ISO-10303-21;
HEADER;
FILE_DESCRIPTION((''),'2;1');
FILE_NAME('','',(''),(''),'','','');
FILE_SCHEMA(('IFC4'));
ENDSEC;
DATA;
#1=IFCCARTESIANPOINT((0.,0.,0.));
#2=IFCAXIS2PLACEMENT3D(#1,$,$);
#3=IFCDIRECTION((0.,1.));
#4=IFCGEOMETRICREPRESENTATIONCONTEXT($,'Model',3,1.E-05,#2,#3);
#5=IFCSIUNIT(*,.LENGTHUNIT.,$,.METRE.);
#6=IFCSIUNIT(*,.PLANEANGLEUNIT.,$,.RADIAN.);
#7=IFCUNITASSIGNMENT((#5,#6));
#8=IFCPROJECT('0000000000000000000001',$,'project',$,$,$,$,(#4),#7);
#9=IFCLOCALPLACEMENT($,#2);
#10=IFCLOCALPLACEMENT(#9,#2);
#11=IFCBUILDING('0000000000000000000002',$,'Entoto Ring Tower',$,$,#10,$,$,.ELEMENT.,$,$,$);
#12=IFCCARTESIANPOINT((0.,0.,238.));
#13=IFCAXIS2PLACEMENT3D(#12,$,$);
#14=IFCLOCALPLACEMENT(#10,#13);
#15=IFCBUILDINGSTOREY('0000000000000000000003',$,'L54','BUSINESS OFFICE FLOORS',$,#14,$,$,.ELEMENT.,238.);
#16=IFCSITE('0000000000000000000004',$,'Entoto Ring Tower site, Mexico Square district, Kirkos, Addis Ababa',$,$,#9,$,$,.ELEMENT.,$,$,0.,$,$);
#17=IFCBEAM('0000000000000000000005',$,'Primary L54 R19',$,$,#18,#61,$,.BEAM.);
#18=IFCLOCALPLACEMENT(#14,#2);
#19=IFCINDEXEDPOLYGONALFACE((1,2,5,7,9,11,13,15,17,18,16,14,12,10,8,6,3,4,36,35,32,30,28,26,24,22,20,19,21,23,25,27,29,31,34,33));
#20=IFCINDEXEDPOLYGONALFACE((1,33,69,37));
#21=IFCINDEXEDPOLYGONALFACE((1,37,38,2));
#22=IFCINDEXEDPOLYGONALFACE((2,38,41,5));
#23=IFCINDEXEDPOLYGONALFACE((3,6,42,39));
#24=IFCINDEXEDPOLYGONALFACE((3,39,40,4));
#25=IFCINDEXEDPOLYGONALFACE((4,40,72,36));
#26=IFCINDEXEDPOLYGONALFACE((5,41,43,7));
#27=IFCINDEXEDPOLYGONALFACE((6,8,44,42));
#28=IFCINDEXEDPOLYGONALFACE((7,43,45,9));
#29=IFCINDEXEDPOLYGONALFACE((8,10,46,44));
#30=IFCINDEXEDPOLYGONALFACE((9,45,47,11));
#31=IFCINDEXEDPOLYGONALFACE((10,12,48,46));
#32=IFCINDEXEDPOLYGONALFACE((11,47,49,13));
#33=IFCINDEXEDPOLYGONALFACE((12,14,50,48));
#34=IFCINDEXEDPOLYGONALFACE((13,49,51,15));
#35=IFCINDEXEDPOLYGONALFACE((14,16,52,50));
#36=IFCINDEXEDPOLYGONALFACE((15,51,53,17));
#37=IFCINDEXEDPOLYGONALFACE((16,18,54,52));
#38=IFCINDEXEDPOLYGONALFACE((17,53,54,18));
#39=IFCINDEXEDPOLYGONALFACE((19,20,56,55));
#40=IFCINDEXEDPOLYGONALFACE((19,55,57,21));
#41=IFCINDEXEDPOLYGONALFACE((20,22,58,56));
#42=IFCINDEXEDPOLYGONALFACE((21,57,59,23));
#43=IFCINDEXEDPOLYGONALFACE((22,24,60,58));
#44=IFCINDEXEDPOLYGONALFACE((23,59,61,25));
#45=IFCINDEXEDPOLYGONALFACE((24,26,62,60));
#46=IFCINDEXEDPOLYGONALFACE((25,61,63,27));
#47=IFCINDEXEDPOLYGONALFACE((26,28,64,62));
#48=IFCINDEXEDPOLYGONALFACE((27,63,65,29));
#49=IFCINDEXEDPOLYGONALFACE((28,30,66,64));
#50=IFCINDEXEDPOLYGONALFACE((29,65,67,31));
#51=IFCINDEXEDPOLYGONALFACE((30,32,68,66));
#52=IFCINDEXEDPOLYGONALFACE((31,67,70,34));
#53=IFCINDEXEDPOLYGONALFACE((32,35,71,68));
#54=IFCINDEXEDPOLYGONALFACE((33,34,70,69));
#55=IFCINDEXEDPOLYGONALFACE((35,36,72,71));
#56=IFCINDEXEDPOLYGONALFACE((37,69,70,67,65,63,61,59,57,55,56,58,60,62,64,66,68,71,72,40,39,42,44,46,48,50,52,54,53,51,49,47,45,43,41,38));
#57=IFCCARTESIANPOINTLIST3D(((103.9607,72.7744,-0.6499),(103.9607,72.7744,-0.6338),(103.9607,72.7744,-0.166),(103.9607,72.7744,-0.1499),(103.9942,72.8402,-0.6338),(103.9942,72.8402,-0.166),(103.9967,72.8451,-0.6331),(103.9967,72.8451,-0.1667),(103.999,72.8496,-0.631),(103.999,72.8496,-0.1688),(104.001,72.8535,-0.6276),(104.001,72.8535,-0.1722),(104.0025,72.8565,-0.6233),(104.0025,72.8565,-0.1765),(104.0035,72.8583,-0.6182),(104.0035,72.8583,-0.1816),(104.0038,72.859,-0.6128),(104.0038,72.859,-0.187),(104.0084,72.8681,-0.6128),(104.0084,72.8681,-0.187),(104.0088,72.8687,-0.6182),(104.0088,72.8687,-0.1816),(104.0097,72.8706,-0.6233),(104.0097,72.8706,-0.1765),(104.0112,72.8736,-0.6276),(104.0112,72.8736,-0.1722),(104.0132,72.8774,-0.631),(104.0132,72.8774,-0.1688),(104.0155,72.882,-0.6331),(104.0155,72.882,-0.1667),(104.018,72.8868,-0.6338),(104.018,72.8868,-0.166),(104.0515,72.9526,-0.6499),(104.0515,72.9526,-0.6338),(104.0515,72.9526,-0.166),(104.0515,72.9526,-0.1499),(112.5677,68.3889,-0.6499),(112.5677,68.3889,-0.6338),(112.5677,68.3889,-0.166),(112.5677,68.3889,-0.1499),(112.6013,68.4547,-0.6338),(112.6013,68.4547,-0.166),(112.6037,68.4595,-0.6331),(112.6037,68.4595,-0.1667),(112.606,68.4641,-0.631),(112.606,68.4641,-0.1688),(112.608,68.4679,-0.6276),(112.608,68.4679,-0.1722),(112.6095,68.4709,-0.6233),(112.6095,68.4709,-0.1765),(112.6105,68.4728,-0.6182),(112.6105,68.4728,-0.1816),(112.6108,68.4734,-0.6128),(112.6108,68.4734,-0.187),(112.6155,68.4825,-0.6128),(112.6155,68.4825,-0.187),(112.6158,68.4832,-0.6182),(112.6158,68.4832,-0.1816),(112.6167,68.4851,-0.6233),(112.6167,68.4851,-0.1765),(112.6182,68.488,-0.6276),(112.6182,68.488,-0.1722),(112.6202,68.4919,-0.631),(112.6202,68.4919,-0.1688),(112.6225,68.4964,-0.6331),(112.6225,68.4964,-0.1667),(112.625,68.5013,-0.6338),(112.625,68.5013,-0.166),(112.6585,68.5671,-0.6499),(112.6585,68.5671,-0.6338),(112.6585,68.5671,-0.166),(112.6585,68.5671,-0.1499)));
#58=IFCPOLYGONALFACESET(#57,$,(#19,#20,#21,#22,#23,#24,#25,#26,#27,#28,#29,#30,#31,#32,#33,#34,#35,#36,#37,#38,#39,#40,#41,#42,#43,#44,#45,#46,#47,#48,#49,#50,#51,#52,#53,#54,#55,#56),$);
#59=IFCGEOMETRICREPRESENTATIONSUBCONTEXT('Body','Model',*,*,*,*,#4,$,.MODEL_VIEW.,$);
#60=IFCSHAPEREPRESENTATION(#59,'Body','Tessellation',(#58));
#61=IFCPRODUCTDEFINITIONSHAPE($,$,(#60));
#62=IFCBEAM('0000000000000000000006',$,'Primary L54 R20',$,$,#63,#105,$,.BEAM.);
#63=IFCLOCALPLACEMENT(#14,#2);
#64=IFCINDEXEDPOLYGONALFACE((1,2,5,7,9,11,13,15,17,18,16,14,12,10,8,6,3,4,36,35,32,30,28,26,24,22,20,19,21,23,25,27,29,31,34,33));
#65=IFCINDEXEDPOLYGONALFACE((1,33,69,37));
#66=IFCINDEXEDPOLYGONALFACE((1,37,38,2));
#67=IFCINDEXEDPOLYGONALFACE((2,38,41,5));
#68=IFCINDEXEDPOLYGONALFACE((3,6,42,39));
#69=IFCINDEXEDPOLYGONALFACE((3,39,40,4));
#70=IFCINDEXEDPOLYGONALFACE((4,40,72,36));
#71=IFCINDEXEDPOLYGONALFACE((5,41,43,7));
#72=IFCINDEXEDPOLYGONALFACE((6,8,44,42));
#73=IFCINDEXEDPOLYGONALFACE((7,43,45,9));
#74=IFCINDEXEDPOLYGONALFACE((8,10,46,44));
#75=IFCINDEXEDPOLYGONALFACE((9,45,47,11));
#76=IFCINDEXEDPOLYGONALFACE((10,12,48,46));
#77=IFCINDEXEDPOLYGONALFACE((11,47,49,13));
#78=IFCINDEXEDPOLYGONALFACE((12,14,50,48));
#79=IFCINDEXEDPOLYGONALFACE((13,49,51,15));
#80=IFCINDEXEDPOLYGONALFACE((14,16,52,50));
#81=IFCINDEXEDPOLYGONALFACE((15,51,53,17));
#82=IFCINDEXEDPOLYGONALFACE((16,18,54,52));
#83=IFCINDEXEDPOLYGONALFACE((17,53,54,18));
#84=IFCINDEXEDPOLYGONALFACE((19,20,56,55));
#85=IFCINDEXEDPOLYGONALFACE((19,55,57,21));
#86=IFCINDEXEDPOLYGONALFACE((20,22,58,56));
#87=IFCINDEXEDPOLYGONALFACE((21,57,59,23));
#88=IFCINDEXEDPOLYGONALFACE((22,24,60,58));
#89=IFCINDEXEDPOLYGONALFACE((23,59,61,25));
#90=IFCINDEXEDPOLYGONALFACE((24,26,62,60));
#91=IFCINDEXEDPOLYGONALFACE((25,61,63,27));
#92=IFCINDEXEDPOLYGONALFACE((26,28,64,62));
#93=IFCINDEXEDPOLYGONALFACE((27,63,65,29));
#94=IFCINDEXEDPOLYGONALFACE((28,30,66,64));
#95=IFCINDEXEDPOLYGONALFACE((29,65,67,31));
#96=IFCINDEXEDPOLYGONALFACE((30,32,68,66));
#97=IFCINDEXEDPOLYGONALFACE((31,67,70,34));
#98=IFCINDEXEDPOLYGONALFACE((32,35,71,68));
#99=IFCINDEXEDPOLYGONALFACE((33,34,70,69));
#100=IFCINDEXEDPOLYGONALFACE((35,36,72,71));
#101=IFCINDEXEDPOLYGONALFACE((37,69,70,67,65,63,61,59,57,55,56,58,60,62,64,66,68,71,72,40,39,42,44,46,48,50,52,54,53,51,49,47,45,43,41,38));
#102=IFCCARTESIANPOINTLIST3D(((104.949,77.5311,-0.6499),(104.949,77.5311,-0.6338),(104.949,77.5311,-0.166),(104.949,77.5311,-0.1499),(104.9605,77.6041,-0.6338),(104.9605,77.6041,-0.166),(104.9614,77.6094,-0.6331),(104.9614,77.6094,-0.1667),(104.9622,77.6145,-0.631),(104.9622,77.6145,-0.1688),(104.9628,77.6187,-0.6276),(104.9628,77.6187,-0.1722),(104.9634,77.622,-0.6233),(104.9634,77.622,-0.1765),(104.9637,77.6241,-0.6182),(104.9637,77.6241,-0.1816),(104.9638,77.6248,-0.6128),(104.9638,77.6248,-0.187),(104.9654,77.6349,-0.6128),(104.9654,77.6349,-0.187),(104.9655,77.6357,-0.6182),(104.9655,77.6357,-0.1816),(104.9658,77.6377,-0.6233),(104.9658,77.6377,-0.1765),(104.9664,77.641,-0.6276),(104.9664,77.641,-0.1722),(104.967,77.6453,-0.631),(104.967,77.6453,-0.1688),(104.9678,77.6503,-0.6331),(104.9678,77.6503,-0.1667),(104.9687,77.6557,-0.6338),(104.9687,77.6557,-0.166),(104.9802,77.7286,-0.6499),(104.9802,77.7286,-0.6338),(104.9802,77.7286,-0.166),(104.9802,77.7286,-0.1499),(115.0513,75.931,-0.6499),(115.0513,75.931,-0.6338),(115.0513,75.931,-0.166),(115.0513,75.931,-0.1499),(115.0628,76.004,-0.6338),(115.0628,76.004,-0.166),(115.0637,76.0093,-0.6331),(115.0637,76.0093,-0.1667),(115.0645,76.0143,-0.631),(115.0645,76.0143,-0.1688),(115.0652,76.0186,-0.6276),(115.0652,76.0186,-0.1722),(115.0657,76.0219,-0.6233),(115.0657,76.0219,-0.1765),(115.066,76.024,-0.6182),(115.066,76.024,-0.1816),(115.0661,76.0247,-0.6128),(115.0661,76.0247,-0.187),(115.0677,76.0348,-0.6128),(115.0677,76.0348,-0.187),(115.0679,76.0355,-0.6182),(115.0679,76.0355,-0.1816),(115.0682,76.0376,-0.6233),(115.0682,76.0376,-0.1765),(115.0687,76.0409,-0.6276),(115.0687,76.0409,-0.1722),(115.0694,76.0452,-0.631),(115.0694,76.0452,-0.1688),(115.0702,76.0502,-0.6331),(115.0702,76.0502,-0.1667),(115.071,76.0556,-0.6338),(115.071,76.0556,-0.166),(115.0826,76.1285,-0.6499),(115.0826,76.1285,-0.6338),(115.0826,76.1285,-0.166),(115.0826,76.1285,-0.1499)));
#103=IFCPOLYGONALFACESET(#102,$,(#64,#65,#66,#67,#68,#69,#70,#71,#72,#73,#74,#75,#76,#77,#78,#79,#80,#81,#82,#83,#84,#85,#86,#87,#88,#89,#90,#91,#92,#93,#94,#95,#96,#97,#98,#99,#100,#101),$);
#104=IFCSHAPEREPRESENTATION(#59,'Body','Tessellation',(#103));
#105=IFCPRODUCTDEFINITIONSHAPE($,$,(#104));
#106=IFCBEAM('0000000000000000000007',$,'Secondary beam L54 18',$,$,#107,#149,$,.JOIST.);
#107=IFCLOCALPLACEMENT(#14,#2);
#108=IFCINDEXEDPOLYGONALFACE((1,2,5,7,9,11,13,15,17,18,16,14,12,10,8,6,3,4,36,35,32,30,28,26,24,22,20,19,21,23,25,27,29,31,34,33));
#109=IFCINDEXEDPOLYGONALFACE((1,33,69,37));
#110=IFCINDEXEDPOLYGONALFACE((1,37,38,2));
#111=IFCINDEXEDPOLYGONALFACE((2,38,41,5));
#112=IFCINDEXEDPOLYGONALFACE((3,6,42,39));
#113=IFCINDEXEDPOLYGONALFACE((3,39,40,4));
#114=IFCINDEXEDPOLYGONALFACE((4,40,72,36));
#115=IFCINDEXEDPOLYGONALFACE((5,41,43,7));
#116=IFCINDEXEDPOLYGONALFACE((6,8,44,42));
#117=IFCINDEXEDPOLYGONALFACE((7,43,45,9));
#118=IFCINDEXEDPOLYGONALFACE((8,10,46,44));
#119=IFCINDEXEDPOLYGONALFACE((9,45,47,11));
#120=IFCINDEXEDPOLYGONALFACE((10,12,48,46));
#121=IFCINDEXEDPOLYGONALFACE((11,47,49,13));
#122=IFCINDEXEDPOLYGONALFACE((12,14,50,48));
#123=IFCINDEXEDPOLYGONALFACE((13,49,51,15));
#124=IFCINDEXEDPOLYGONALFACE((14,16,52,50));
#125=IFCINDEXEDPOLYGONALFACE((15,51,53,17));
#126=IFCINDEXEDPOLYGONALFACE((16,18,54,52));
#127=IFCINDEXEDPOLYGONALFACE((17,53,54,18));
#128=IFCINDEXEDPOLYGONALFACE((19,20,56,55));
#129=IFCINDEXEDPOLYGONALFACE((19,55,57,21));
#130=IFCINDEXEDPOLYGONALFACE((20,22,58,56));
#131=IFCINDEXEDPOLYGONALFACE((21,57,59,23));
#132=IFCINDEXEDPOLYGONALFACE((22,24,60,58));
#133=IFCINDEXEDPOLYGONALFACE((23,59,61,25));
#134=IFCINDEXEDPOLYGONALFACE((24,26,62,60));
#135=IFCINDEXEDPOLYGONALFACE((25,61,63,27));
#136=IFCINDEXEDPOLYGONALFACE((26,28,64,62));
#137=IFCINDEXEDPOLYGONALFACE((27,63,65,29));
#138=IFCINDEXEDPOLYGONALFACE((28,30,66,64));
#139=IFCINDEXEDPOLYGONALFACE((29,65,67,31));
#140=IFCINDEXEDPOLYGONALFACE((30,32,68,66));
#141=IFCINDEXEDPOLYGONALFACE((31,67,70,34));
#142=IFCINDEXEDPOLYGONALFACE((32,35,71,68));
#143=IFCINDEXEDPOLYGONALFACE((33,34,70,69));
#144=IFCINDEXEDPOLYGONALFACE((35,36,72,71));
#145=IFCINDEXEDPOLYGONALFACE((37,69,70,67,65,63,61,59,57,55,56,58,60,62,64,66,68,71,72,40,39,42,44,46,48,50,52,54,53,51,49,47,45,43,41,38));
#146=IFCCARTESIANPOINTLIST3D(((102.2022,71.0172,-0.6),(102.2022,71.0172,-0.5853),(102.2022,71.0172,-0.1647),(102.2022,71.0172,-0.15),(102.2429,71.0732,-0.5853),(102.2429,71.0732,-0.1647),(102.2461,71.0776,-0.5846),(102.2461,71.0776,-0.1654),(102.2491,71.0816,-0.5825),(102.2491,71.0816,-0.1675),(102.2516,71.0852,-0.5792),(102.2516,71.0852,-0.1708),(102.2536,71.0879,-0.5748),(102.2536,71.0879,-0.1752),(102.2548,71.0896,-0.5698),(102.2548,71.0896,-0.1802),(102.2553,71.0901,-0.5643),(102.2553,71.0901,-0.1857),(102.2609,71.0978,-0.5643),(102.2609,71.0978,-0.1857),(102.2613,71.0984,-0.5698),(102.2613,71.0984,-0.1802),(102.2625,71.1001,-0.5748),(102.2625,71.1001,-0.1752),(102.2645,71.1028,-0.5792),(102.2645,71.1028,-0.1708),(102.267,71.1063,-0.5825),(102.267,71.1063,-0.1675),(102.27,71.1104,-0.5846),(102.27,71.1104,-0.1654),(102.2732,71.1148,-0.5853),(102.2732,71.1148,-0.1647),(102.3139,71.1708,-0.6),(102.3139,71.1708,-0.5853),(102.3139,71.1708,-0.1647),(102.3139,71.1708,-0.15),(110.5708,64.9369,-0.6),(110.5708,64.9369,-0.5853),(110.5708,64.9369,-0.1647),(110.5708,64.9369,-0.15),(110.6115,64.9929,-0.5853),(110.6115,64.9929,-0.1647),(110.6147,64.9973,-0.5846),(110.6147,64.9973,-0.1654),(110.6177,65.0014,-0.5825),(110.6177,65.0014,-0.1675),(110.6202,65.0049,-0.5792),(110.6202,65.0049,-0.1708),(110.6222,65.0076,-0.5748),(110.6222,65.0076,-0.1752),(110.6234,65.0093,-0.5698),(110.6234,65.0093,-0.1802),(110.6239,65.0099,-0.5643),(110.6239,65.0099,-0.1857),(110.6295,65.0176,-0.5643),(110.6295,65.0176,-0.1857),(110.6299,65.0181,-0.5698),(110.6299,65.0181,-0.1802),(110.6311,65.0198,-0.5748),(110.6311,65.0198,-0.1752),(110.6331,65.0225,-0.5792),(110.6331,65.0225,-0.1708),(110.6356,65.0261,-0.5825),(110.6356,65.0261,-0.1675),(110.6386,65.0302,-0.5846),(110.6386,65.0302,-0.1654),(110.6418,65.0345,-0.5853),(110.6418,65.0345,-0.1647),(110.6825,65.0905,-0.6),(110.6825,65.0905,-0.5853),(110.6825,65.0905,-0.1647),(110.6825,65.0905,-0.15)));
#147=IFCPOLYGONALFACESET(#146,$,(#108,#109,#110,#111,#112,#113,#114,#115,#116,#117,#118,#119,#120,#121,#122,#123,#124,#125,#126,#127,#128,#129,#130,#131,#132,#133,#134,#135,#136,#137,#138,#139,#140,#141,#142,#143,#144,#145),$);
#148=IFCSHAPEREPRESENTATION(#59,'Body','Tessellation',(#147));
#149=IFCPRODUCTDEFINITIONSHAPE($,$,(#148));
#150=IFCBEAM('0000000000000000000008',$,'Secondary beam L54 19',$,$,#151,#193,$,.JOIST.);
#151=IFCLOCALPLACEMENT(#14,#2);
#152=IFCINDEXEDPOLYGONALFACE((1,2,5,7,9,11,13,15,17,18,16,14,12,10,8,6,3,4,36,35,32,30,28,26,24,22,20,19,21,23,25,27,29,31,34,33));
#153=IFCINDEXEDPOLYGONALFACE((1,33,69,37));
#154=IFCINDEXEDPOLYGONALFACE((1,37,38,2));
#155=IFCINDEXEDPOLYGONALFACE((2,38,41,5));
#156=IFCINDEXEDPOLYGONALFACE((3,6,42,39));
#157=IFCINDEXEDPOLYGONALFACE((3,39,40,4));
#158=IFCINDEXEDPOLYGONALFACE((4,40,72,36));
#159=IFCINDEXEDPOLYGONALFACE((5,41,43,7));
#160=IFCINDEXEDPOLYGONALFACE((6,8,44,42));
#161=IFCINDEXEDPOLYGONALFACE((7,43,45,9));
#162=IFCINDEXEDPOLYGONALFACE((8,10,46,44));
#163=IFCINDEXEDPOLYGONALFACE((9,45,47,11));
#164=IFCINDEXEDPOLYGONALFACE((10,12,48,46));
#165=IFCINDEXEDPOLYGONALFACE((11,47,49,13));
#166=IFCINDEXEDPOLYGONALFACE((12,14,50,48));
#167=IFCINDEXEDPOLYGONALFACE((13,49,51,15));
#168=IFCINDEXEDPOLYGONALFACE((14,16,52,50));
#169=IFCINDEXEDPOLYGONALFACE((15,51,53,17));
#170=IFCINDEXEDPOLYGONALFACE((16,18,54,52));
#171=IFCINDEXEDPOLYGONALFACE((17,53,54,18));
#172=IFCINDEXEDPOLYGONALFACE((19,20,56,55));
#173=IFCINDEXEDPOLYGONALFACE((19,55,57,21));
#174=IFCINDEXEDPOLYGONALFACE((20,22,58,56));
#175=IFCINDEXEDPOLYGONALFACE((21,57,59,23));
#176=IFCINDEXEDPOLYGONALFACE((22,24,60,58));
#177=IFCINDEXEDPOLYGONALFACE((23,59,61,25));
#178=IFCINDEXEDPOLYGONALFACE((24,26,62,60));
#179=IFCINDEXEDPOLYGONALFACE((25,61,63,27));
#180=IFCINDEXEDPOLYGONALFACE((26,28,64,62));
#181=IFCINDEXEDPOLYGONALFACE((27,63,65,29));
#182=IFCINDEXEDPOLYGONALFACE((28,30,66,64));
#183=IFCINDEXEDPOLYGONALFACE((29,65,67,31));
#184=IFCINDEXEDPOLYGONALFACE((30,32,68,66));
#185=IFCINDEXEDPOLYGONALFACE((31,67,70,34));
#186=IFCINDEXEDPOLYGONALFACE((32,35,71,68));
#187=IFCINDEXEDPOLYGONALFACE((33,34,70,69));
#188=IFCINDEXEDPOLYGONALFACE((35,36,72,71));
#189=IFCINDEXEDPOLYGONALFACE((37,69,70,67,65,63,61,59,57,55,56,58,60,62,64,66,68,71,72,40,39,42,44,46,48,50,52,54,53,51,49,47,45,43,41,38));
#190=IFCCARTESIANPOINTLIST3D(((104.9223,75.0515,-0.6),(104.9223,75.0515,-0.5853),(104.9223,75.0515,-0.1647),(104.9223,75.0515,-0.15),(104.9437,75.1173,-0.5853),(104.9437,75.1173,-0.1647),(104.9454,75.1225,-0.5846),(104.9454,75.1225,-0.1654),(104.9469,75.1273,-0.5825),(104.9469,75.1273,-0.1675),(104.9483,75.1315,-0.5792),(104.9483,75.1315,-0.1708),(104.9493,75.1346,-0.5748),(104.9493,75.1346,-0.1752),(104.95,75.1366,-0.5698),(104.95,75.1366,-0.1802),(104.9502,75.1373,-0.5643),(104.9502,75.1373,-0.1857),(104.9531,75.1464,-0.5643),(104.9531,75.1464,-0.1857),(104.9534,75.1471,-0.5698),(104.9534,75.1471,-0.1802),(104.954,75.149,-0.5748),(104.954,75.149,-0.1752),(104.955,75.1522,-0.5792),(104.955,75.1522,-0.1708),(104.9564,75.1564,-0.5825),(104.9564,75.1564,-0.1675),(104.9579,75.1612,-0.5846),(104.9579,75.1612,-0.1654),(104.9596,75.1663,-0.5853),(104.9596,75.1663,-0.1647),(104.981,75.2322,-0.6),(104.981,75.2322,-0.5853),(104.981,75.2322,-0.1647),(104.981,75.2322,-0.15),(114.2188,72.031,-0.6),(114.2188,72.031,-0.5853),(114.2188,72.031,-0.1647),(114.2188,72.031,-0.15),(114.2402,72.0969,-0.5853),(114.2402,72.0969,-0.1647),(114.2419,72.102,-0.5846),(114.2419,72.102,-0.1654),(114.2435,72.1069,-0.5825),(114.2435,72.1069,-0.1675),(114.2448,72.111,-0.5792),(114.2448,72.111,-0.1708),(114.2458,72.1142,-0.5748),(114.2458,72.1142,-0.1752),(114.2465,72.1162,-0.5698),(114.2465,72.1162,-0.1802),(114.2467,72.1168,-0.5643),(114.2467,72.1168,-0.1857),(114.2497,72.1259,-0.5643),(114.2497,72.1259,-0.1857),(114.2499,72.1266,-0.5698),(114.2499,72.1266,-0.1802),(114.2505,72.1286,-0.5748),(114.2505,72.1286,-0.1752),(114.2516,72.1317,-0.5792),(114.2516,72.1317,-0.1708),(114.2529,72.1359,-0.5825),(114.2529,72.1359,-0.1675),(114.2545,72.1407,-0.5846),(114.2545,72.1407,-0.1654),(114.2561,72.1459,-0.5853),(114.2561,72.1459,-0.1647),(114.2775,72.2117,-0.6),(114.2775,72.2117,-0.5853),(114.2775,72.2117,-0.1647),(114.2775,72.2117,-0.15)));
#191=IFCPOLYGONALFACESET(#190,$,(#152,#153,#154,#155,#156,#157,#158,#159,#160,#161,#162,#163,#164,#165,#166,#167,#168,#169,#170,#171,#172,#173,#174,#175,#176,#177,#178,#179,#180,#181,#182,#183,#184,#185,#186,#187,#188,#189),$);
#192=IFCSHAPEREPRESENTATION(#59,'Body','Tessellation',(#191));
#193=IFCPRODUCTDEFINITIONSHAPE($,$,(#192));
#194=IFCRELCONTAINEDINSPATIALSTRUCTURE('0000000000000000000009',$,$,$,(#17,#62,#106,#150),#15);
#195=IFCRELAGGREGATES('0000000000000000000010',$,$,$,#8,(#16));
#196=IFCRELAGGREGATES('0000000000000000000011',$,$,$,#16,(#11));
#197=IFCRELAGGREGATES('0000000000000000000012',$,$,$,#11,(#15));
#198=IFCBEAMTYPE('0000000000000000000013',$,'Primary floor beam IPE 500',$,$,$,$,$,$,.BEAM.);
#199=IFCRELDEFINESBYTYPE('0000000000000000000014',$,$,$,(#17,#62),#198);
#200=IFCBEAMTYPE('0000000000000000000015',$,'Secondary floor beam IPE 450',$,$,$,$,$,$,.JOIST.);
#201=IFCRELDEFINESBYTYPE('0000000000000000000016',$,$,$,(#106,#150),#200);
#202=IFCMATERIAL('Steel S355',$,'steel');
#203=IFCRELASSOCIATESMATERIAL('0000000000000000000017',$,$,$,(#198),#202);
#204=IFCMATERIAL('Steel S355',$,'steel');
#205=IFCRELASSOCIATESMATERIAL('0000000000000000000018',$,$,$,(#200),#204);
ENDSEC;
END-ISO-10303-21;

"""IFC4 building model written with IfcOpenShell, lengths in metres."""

from ifc_helpers import new_model, si_unit, direction, frame, origin, origin_2d, place, context, subcontext, project, spatial, i_section, extrude, material, material_profile, profile_set, type_object, element, save


model = new_model("IFC4")

# Units and contexts
model_context = context("Model", 3, precision=1e-05, world=origin(), true_north=direction((0.0, 1.0)))
body_context = subcontext(model_context, "Body", "Model", "MODEL_VIEW")
ifc_project = project(units=[si_unit("LENGTHUNIT", "METRE"), si_unit("PLANEANGLEUNIT", "RADIAN")], contexts=[model_context])

# Site, building, storey
site_placement = place(None, origin())
site = spatial("IfcSite", under=ifc_project, at=site_placement, Name="Entoto Ring Tower site, Mexico Square district, Kirkos, Addis Ababa", CompositionType="ELEMENT", RefElevation=0.0)
building_placement = place(site_placement, origin())
building = spatial("IfcBuilding", under=site, at=building_placement, Name="Entoto Ring Tower", CompositionType="ELEMENT")
storey_placement = place(building_placement, frame((0.0, 0.0, 238.0)))
storey = spatial("IfcBuildingStorey", under=building, at=storey_placement, Name="L54", Description="BUSINESS OFFICE FLOORS", CompositionType="ELEMENT", Elevation=238.0)

# Beams
ifc_material_1 = material(Name="Steel S355", Category="steel")
ifc_material_profile_1 = material_profile(ifc_material_1, i_section(OverallWidth=0.2, OverallDepth=0.5, WebThickness=0.0103, FlangeThickness=0.0161, FilletRadius=0.021, at=origin_2d()), Name="IPE 500")
ifc_profile_set_1 = profile_set([ifc_material_profile_1], Name="Steel S355")
beam_type_1 = type_object("IfcBeamType", Name="Primary floor beam IPE 500", PredefinedType="BEAM", material=ifc_profile_set_1)
beam_1_placement = place(storey_placement, frame((104.0061, 72.8635, -0.3999), z_axis=(0.891005, -0.453994, 0.0), x_axis=(0.453994, 0.891005, 0.0)))
element("IfcBeam", 1, at=beam_1_placement, inside=storey, type_object=beam_type_1, Name="Primary L54 R19", PredefinedType="BEAM", context=body_context, shape_type="SweptSolid", body=[
    extrude(i_section(OverallWidth=0.2, OverallDepth=0.5, WebThickness=0.0103, FlangeThickness=0.0161, FilletRadius=0.021, at=origin_2d()), origin(), (0.0, 0.0, 1.0), 9.6599),
])
beam_2_placement = place(storey_placement, frame((104.9646, 77.6299, -0.3999), z_axis=(0.987688, -0.156439, 0.0), x_axis=(0.156439, 0.987688, 0.0)))
element("IfcBeam", 2, at=beam_2_placement, inside=storey, type_object=beam_type_1, Name="Primary L54 R20", PredefinedType="BEAM", context=body_context, shape_type="SweptSolid", body=[
    extrude(i_section(OverallWidth=0.2, OverallDepth=0.5, WebThickness=0.0103, FlangeThickness=0.0161, FilletRadius=0.021, at=origin_2d()), origin(), (0.0, 0.0, 1.0), 10.2283),
])
ifc_material_2 = material(Name="Steel S355", Category="steel")
ifc_material_profile_2 = material_profile(ifc_material_2, i_section(OverallWidth=0.1899, OverallDepth=0.45, WebThickness=0.0095, FlangeThickness=0.0146, FilletRadius=0.021, at=origin_2d()), Name="IPE 450")
ifc_profile_set_2 = profile_set([ifc_material_profile_2], Name="Steel S355")
beam_type_2 = type_object("IfcBeamType", Name="Secondary floor beam IPE 450", PredefinedType="JOIST", material=ifc_profile_set_2)
beam_3_placement = place(storey_placement, frame((102.2581, 71.094, -0.375), z_axis=(0.809011, -0.587794, 0.0), x_axis=(0.587794, 0.809011, 0.0)))
element("IfcBeam", 3, at=beam_3_placement, inside=storey, type_object=beam_type_2, Name="Secondary beam L54 18", PredefinedType="JOIST", context=body_context, shape_type="SweptSolid", body=[
    extrude(i_section(OverallWidth=0.1899, OverallDepth=0.45, WebThickness=0.0095, FlangeThickness=0.0146, FilletRadius=0.021, at=origin_2d()), origin(), (0.0, 0.0, 1.0), 10.3442),
])
beam_4_placement = place(storey_placement, frame((104.9517, 75.1418, -0.375), z_axis=(0.951061, -0.309003, 0.0), x_axis=(0.309003, 0.951061, 0.0)))
element("IfcBeam", 4, at=beam_4_placement, inside=storey, type_object=beam_type_2, Name="Secondary beam L54 19", PredefinedType="JOIST", context=body_context, shape_type="SweptSolid", body=[
    extrude(i_section(OverallWidth=0.1899, OverallDepth=0.45, WebThickness=0.0095, FlangeThickness=0.0146, FilletRadius=0.021, at=origin_2d()), origin(), (0.0, 0.0, 1.0), 9.7749),
])

save(model, "model.ifc")
